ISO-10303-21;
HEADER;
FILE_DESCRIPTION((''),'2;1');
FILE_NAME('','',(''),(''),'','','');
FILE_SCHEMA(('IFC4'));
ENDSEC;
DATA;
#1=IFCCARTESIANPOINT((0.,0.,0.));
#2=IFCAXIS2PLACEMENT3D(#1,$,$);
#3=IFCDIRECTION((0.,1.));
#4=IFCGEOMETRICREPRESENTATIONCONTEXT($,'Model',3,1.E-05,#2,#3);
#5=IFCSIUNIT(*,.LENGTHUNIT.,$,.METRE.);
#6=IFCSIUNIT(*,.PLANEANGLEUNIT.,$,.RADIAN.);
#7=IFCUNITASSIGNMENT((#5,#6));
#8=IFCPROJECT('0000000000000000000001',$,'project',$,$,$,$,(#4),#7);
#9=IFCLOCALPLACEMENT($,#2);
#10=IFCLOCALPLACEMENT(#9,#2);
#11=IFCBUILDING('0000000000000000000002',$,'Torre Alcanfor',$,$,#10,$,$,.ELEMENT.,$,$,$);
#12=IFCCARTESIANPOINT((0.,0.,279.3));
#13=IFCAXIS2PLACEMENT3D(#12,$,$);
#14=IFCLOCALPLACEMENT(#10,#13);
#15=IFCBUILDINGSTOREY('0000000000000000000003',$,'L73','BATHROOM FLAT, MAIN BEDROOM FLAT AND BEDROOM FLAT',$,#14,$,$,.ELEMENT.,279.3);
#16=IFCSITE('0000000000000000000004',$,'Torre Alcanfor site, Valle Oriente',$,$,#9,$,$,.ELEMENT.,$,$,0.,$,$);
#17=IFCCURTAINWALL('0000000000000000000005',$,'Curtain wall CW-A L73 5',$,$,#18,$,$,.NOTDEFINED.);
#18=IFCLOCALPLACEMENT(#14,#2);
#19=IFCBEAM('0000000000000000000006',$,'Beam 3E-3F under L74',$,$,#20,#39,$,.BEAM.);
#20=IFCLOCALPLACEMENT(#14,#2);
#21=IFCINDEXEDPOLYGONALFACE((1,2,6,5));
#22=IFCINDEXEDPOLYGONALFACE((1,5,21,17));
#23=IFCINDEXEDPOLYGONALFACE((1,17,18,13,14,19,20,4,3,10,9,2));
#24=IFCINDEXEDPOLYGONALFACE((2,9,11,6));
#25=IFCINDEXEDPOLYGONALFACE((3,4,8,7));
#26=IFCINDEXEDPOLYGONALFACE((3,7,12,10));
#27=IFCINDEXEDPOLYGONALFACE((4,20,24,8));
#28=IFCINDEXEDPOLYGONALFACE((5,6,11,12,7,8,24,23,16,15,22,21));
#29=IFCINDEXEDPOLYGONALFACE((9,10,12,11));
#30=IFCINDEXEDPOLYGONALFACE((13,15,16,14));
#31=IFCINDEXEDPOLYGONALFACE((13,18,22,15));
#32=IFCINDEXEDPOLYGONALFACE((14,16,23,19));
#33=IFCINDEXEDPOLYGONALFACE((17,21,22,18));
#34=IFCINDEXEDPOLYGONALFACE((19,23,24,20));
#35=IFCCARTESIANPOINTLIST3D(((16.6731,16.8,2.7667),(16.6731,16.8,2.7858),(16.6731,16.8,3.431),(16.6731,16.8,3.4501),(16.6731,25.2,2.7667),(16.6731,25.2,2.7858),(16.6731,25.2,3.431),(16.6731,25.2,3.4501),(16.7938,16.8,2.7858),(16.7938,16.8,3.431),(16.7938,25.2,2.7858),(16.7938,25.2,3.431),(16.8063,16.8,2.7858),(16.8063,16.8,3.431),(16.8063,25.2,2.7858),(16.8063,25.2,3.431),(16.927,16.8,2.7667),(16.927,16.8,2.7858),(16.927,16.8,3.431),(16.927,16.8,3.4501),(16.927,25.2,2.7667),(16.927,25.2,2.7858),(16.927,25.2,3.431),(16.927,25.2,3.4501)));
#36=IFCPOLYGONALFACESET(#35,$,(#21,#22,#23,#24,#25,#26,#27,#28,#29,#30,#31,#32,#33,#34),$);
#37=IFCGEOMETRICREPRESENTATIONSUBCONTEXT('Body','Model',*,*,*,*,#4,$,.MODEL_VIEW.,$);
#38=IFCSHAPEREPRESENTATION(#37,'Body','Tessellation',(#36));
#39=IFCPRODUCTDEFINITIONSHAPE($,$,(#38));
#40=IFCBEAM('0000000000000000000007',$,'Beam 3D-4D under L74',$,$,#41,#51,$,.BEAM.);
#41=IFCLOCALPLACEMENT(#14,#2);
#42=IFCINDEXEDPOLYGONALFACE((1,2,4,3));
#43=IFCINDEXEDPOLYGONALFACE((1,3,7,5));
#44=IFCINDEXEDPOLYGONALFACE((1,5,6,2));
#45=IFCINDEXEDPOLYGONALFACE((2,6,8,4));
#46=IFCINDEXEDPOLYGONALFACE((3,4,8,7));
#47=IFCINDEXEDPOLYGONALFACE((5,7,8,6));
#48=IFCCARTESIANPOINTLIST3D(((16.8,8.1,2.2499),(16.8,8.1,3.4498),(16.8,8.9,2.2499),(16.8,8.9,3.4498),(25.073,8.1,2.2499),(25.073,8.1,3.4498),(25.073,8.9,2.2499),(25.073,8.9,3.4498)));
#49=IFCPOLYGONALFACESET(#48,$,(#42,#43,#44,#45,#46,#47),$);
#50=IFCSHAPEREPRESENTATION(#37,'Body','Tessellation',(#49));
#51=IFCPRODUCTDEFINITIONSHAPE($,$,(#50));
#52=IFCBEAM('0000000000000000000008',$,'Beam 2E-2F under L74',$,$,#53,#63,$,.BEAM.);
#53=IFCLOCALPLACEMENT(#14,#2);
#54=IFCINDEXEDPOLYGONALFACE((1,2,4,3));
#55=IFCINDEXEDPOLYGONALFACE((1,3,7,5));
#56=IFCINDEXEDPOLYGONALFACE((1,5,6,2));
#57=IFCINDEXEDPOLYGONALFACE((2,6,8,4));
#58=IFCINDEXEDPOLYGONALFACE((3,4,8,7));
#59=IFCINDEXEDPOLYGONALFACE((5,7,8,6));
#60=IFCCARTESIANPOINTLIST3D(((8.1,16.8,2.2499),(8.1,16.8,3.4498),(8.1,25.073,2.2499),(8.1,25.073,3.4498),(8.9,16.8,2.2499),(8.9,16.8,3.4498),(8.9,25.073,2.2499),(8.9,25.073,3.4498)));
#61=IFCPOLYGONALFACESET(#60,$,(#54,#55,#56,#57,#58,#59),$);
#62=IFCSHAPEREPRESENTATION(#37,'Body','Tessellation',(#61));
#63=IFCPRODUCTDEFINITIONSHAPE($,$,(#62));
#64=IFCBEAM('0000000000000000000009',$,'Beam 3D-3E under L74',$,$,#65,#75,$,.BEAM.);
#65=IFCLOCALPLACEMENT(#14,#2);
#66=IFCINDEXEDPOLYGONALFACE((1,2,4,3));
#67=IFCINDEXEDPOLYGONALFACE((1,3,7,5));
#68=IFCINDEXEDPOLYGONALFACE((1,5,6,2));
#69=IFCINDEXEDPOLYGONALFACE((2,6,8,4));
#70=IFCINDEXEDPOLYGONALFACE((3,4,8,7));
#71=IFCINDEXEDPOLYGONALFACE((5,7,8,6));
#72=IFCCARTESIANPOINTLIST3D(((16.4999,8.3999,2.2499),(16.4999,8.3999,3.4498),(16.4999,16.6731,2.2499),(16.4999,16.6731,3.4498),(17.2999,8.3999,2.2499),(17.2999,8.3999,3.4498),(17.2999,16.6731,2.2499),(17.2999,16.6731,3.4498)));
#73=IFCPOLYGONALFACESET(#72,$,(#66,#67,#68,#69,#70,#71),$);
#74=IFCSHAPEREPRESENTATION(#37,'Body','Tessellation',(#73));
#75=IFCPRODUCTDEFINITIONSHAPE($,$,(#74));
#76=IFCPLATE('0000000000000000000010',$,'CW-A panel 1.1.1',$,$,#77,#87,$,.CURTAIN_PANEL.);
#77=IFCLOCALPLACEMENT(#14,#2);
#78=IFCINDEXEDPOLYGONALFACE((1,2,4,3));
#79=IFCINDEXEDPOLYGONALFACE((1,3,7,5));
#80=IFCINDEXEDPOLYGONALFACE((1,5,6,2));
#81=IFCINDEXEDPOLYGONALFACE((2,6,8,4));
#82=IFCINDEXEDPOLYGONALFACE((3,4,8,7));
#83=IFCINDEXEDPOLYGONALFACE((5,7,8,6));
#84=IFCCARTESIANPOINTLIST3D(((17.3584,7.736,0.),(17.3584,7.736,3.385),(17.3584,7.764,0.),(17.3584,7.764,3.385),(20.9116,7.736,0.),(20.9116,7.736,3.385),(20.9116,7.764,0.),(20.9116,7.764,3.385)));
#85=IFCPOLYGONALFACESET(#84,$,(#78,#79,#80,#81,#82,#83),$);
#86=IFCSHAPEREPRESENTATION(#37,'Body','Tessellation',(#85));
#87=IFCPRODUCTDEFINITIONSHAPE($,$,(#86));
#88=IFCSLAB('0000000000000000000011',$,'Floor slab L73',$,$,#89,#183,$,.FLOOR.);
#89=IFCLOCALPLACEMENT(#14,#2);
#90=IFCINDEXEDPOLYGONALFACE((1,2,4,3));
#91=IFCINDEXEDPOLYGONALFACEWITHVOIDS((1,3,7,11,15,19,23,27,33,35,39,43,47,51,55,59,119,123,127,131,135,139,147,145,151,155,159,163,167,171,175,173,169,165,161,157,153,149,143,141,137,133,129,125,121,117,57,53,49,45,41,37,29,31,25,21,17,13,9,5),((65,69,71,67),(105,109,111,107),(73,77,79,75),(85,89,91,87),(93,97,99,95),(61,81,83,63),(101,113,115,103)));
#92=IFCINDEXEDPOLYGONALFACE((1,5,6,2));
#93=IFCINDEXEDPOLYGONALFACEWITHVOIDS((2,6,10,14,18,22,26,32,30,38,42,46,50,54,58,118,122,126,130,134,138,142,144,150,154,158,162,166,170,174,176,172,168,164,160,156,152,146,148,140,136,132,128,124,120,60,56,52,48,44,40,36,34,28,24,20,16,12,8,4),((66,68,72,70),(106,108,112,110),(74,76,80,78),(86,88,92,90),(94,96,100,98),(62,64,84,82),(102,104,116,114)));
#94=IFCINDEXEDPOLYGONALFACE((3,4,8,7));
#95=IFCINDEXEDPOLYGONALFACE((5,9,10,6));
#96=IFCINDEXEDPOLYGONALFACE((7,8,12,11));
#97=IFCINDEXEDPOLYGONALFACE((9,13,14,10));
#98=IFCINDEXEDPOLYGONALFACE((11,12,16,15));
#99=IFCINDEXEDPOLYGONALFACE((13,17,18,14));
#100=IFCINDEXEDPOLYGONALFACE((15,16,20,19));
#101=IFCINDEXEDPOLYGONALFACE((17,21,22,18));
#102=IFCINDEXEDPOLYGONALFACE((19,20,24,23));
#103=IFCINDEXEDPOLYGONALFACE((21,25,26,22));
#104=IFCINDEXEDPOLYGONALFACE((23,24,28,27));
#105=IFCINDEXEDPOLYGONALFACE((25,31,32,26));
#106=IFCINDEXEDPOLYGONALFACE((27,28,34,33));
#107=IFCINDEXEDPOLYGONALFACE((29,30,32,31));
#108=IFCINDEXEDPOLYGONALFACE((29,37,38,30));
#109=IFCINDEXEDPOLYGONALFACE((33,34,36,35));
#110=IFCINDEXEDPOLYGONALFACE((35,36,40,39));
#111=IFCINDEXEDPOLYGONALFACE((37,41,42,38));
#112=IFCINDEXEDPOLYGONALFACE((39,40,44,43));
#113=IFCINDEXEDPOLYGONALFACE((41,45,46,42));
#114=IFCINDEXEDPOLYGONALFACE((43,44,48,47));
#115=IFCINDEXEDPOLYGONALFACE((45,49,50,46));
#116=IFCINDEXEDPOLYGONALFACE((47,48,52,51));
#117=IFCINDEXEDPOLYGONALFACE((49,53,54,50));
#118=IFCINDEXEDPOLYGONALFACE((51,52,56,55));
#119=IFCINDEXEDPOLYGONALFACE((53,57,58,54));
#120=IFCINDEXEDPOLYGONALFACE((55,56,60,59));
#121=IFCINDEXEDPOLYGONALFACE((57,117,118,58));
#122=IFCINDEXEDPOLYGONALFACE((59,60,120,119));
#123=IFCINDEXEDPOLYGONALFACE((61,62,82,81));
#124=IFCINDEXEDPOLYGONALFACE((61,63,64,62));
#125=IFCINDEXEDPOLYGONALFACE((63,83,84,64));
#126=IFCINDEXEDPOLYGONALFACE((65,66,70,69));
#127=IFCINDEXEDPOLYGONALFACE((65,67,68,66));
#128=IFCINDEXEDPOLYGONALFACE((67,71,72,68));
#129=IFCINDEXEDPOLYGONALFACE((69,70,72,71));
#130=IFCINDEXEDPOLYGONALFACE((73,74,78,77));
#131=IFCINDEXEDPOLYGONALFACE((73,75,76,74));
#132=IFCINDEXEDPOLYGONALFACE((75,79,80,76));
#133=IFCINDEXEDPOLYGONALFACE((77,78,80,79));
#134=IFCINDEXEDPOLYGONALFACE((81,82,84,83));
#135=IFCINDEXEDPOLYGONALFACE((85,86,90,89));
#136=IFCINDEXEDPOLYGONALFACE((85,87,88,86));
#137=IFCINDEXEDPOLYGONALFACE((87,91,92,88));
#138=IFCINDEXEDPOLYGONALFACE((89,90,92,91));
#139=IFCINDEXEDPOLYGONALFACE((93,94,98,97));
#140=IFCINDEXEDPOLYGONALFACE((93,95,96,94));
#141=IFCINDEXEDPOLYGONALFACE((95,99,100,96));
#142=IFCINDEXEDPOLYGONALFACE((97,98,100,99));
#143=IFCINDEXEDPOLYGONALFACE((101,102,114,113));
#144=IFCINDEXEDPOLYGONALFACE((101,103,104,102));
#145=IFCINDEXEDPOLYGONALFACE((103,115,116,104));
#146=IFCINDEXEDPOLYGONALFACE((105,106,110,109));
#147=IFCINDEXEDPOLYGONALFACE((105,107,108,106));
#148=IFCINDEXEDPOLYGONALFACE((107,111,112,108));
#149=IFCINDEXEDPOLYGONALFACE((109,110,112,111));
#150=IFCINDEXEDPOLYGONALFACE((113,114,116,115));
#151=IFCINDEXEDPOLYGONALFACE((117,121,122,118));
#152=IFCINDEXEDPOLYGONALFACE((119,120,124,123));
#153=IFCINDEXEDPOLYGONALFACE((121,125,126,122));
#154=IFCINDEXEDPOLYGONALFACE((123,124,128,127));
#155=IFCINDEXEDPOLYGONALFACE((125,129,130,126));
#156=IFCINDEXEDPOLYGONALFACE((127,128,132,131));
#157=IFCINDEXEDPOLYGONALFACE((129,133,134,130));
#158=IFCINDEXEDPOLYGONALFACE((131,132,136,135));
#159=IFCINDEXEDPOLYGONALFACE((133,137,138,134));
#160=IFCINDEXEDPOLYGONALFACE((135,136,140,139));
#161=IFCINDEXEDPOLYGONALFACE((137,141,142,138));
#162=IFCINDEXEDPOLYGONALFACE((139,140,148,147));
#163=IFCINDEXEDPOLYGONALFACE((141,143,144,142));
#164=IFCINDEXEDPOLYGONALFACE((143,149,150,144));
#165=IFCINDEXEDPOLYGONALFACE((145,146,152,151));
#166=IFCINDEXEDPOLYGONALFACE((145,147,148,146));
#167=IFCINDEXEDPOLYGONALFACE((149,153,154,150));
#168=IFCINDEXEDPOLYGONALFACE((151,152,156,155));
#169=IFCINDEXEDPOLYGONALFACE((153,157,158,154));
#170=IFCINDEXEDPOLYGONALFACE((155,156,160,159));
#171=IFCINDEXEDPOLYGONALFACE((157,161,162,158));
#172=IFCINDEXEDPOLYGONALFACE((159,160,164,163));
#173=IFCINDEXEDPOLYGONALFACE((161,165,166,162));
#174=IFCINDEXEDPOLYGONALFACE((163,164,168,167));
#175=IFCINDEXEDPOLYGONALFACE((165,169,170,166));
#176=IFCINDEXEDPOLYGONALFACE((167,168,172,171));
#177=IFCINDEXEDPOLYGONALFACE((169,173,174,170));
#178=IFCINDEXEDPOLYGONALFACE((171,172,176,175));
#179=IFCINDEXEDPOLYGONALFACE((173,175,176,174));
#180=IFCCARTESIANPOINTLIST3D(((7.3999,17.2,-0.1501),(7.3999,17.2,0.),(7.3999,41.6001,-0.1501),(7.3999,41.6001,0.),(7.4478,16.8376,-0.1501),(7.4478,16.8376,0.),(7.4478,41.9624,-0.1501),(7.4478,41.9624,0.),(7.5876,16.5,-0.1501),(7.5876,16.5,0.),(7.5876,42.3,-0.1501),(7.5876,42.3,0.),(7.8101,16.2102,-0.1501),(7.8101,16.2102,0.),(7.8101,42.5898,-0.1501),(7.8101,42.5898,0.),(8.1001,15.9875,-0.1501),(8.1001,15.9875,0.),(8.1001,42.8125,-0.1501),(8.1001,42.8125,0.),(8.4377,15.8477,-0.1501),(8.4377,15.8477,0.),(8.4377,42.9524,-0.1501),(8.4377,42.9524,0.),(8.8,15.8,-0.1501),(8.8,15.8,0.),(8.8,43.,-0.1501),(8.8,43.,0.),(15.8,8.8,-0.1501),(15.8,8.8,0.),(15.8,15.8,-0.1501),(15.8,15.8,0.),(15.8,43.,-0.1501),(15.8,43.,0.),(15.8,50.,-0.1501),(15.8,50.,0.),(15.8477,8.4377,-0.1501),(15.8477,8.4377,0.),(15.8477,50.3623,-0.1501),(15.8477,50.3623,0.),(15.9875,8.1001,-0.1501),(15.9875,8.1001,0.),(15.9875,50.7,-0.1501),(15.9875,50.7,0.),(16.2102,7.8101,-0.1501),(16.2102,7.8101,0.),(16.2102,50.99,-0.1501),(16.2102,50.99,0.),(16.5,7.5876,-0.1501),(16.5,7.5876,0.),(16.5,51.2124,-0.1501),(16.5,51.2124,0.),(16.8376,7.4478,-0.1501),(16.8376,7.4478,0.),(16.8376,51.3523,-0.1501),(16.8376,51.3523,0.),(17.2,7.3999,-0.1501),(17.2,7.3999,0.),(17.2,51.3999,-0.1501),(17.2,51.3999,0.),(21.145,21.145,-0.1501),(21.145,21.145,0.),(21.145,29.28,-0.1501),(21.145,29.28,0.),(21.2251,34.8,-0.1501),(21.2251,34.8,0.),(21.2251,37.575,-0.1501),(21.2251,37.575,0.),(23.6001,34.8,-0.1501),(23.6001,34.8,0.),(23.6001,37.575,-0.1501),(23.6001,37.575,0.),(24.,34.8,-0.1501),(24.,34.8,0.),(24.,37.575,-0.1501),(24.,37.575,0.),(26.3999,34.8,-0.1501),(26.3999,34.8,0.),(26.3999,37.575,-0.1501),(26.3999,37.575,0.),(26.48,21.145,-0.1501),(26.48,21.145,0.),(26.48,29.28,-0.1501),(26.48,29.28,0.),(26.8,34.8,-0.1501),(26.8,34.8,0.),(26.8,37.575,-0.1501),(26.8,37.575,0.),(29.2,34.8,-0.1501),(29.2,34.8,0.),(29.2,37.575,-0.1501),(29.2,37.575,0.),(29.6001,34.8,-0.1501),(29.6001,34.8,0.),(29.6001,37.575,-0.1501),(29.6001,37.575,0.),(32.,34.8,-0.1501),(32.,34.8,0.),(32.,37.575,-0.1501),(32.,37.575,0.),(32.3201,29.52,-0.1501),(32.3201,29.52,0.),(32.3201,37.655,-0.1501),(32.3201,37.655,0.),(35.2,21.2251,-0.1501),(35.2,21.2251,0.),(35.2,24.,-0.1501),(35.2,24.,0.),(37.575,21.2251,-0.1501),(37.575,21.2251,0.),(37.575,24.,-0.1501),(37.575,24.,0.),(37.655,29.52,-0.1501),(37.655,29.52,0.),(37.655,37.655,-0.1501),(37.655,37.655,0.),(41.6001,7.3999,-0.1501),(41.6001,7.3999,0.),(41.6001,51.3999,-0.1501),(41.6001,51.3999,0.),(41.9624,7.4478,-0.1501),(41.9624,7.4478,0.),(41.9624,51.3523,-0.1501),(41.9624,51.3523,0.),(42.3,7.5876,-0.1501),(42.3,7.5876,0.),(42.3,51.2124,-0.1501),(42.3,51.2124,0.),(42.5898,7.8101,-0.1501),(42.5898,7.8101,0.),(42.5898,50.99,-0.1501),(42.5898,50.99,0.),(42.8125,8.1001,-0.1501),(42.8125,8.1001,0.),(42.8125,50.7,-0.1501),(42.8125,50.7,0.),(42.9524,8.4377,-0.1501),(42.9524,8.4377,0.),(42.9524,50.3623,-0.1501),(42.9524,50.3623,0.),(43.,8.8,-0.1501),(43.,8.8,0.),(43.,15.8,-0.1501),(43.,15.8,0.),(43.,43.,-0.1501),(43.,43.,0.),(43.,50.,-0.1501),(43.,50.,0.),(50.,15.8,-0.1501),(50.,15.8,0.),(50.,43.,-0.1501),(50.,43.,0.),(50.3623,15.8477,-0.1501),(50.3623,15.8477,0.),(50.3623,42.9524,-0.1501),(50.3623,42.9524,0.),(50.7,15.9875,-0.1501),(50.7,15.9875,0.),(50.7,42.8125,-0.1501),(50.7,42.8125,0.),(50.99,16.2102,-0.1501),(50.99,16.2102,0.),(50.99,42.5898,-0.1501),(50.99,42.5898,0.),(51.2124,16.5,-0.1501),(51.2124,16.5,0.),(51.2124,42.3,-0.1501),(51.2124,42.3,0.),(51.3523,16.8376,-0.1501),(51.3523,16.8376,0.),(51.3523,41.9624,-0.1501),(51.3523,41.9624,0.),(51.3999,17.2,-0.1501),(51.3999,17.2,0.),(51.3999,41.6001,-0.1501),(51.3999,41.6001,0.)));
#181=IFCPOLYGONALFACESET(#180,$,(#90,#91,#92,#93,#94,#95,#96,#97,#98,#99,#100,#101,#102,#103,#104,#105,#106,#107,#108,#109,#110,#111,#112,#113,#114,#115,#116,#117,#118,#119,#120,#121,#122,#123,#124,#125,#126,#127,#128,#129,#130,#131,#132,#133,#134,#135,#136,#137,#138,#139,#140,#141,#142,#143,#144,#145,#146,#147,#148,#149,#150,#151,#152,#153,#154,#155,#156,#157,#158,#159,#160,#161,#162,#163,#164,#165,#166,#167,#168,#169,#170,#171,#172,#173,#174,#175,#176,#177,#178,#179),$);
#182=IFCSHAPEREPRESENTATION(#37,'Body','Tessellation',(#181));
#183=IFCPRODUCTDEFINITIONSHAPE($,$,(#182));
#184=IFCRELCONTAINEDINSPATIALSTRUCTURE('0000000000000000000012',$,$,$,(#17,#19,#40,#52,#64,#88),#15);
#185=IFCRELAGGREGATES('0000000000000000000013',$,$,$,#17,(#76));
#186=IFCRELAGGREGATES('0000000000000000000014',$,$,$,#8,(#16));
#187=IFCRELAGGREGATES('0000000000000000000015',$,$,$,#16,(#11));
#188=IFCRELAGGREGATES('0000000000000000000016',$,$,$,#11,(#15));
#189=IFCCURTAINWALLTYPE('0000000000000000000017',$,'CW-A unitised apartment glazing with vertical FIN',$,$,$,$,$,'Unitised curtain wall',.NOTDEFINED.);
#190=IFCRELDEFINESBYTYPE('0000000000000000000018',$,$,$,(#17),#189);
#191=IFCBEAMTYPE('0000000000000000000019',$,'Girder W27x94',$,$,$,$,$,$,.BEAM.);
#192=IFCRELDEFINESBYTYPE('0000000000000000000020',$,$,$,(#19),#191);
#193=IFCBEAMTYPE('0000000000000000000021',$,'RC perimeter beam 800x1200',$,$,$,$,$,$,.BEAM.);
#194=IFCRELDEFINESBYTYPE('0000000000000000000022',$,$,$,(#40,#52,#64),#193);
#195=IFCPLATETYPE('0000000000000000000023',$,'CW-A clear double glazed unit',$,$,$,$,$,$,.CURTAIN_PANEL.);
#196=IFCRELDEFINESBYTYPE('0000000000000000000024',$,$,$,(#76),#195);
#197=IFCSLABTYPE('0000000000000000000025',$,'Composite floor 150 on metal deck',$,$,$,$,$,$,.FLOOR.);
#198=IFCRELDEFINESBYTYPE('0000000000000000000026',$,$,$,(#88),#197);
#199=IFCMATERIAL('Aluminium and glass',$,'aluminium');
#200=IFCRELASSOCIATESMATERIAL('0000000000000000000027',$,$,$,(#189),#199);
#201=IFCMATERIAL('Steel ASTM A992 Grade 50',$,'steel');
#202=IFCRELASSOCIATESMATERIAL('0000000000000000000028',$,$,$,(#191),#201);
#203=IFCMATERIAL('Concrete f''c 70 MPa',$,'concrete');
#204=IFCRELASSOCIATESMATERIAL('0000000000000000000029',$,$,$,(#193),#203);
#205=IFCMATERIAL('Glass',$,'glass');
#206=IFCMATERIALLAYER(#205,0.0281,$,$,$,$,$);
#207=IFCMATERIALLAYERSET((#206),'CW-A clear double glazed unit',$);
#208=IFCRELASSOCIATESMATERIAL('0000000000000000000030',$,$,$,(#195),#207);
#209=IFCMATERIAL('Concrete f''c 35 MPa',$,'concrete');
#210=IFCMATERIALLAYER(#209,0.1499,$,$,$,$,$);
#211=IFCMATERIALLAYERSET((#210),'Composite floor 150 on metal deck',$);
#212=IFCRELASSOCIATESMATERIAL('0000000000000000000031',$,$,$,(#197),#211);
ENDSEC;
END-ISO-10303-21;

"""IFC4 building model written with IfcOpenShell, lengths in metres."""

from ifc_helpers import new_model, si_unit, direction, frame, origin, origin_2d, place, context, subcontext, project, spatial, polyline, rectangle, i_section, outline, extrude, material, layer, layer_set, material_profile, profile_set, type_object, element, aggregate, save


model = new_model("IFC4")

# Units and contexts
model_context = context("Model", 3, precision=1e-05, world=origin(), true_north=direction((0.0, 1.0)))
body_context = subcontext(model_context, "Body", "Model", "MODEL_VIEW")
ifc_project = project(units=[si_unit("LENGTHUNIT", "METRE"), si_unit("PLANEANGLEUNIT", "RADIAN")], contexts=[model_context])

# Site, building, storey
site_placement = place(None, origin())
site = spatial("IfcSite", under=ifc_project, at=site_placement, Name="Torre Alcanfor site, Valle Oriente", CompositionType="ELEMENT", RefElevation=0.0)
building_placement = place(site_placement, origin())
building = spatial("IfcBuilding", under=site, at=building_placement, Name="Torre Alcanfor", CompositionType="ELEMENT")
storey_placement = place(building_placement, frame((0.0, 0.0, 279.3)))
storey = spatial("IfcBuildingStorey", under=building, at=storey_placement, Name="L73", Description="BATHROOM FLAT, MAIN BEDROOM FLAT AND BEDROOM FLAT", CompositionType="ELEMENT", Elevation=279.3)

# Curtain wall
ifc_material_1 = material(Name="Aluminium and glass", Category="aluminium")
curtain_wall_type = type_object("IfcCurtainWallType", Name="CW-A unitised apartment glazing with vertical FIN", ElementType="Unitised curtain wall", PredefinedType="NOTDEFINED", material=ifc_material_1)
curtain_wall_placement = place(storey_placement, origin())
curtain_wall = element("IfcCurtainWall", 1, at=curtain_wall_placement, inside=storey, type_object=curtain_wall_type, Name="Curtain wall CW-A L73 5", PredefinedType="NOTDEFINED")

# Beams
ifc_material_2 = material(Name="Steel ASTM A992 Grade 50", Category="steel")
ifc_material_profile_1 = material_profile(ifc_material_2, i_section(OverallWidth=0.2539, OverallDepth=0.6833, WebThickness=0.0125, FlangeThickness=0.019, at=origin_2d()), Name="W27x94")
ifc_profile_set_1 = profile_set([ifc_material_profile_1], Name="Steel ASTM A992 Grade 50")
beam_type_1 = type_object("IfcBeamType", Name="Girder W27x94", PredefinedType="BEAM", material=ifc_profile_set_1)
for number, where, z_axis, x_axis, name in (
    (2, (16.8, 16.8, 3.1084), (0.0, 1.0, 0.0), (-1.0, 0.0, 0.0), "Beam 3E-3F under L74"),
):
    element("IfcBeam", number, at=place(storey_placement, frame(where, z_axis=z_axis, x_axis=x_axis)), inside=storey, type_object=beam_type_1, Name=name, PredefinedType="BEAM", context=body_context, shape_type="SweptSolid", body=[
        extrude(i_section(OverallWidth=0.2539, OverallDepth=0.6833, WebThickness=0.0125, FlangeThickness=0.019, at=origin_2d()), origin(), (0.0, 0.0, 1.0), 8.3999),
    ])
ifc_material_3 = material(Name="Concrete f'c 70 MPa", Category="concrete")
ifc_material_profile_2 = material_profile(ifc_material_3, rectangle(XDim=0.8, YDim=1.2, at=origin_2d()), Name="800x1200")
ifc_profile_set_2 = profile_set([ifc_material_profile_2], Name="Concrete f'c 70 MPa")
beam_type_2 = type_object("IfcBeamType", Name="RC perimeter beam 800x1200", PredefinedType="BEAM", material=ifc_profile_set_2)
for number, where, z_axis, x_axis, name in (
    (3, (16.8, 8.5, 2.8499), (1.0, 0.0, 0.0), (0.0, 1.0, 0.0), "Beam 3D-4D under L74"),
    (4, (8.5, 16.8, 2.8499), (0.0, 1.0, 0.0), (-1.0, 0.0, 0.0), "Beam 2E-2F under L74"),
):
    element("IfcBeam", number, at=place(storey_placement, frame(where, z_axis=z_axis, x_axis=x_axis)), inside=storey, type_object=beam_type_2, Name=name, PredefinedType="BEAM", context=body_context, shape_type="SweptSolid", body=[
        extrude(rectangle(XDim=0.8, YDim=1.2, at=origin_2d()), origin(), (0.0, 0.0, 1.0), 8.2729),
    ])
beam_placement = place(storey_placement, frame((16.8999, 8.3999, 2.8499), z_axis=(0.0, 1.0, 0.0), x_axis=(-1.0, 0.0, 0.0)))
element("IfcBeam", 5, at=beam_placement, inside=storey, type_object=beam_type_2, Name="Beam 3D-3E under L74", PredefinedType="BEAM", context=body_context, shape_type="SweptSolid", body=[
    extrude(rectangle(XDim=0.8, YDim=1.2, at=origin_2d()), origin(), (0.0, 0.0, 1.0), 8.2732),
])

# Plate
ifc_material_4 = material(Name="Glass", Category="glass")
ifc_layer_1 = layer(ifc_material_4, 0.0281)
ifc_layer_set_1 = layer_set([ifc_layer_1], Name="CW-A clear double glazed unit")
plate_type = type_object("IfcPlateType", Name="CW-A clear double glazed unit", PredefinedType="CURTAIN_PANEL", material=ifc_layer_set_1)
plate_placement = place(storey_placement, frame((19.135, 7.75, 0.0), z_axis=(0.0, 0.0, 1.0), x_axis=(1.0, 0.0, 0.0)))
plate = element("IfcPlate", 6, at=plate_placement, type_object=plate_type, Name="CW-A panel 1.1.1", PredefinedType="CURTAIN_PANEL", context=body_context, shape_type="SweptSolid", body=[
    extrude(rectangle(XDim=3.5532, YDim=0.0281, at=origin_2d()), origin(), (0.0, 0.0, 1.0), 3.385),
])
aggregate(curtain_wall, [plate])

# Slab
ifc_material_5 = material(Name="Concrete f'c 35 MPa", Category="concrete")
ifc_layer_2 = layer(ifc_material_5, 0.1499)
ifc_layer_set_2 = layer_set([ifc_layer_2], Name="Composite floor 150 on metal deck")
slab_type_1 = type_object("IfcSlabType", Name="Composite floor 150 on metal deck", PredefinedType="FLOOR", material=ifc_layer_set_2)
slab_1_placement = place(storey_placement, frame((0.0, 0.0, -0.1501)))
element("IfcSlab", 7, at=slab_1_placement, inside=storey, type_object=slab_type_1, Name="Floor slab L73", PredefinedType="FLOOR", context=body_context, shape_type="SweptSolid", body=[
    extrude(outline(polyline([(15.8, 43.0), (8.8, 43.0), (8.4377, 42.9524), (8.1001, 42.8125), (7.8101, 42.5898), (7.5876, 42.3), (7.4478, 41.9624), (7.3999, 41.6001), (7.3999, 17.2), (7.4478, 16.8376), (7.5876, 16.5), (7.8101, 16.2102), (8.1001, 15.9875), (8.4377, 15.8477), (8.8, 15.8), (15.8, 15.8), (15.8, 8.8), (15.8477, 8.4377), (15.9875, 8.1001), (16.2102, 7.8101), (16.5, 7.5876), (16.8376, 7.4478), (17.2, 7.3999), (41.6001, 7.3999), (41.9624, 7.4478), (42.3, 7.5876), (42.5898, 7.8101), (42.8125, 8.1001), (42.9524, 8.4377), (43.0, 8.8), (43.0, 15.8), (50.0, 15.8), (50.3623, 15.8477), (50.7, 15.9875), (50.99, 16.2102), (51.2124, 16.5), (51.3523, 16.8376), (51.3999, 17.2), (51.3999, 41.6001), (51.3523, 41.9624), (51.2124, 42.3), (50.99, 42.5898), (50.7, 42.8125), (50.3623, 42.9524), (50.0, 43.0), (43.0, 43.0), (43.0, 50.0), (42.9524, 50.3623), (42.8125, 50.7), (42.5898, 50.99), (42.3, 51.2124), (41.9624, 51.3523), (41.6001, 51.3999), (17.2, 51.3999), (16.8376, 51.3523), (16.5, 51.2124), (16.2102, 50.99), (15.9875, 50.7), (15.8477, 50.3623), (15.8, 50.0), (15.8, 43.0)]), holes=[polyline([(21.145, 21.145), (26.48, 21.145), (26.48, 29.28), (21.145, 29.28), (21.145, 21.145)]), polyline([(32.3201, 29.52), (37.655, 29.52), (37.655, 37.655), (32.3201, 37.655), (32.3201, 29.52)]), polyline([(35.2, 21.2251), (37.575, 21.2251), (37.575, 24.0), (35.2, 24.0), (35.2, 21.2251)]), polyline([(21.2251, 34.8), (23.6001, 34.8), (23.6001, 37.575), (21.2251, 37.575), (21.2251, 34.8)]), polyline([(24.0, 34.8), (26.3999, 34.8), (26.3999, 37.575), (24.0, 37.575), (24.0, 34.8)]), polyline([(26.8, 34.8), (29.2, 34.8), (29.2, 37.575), (26.8, 37.575), (26.8, 34.8)]), polyline([(29.6001, 34.8), (32.0, 34.8), (32.0, 37.575), (29.6001, 37.575), (29.6001, 34.8)])]), origin(), (0.0, 0.0, 1.0), 0.1501),
])

save(model, "model.ifc")
